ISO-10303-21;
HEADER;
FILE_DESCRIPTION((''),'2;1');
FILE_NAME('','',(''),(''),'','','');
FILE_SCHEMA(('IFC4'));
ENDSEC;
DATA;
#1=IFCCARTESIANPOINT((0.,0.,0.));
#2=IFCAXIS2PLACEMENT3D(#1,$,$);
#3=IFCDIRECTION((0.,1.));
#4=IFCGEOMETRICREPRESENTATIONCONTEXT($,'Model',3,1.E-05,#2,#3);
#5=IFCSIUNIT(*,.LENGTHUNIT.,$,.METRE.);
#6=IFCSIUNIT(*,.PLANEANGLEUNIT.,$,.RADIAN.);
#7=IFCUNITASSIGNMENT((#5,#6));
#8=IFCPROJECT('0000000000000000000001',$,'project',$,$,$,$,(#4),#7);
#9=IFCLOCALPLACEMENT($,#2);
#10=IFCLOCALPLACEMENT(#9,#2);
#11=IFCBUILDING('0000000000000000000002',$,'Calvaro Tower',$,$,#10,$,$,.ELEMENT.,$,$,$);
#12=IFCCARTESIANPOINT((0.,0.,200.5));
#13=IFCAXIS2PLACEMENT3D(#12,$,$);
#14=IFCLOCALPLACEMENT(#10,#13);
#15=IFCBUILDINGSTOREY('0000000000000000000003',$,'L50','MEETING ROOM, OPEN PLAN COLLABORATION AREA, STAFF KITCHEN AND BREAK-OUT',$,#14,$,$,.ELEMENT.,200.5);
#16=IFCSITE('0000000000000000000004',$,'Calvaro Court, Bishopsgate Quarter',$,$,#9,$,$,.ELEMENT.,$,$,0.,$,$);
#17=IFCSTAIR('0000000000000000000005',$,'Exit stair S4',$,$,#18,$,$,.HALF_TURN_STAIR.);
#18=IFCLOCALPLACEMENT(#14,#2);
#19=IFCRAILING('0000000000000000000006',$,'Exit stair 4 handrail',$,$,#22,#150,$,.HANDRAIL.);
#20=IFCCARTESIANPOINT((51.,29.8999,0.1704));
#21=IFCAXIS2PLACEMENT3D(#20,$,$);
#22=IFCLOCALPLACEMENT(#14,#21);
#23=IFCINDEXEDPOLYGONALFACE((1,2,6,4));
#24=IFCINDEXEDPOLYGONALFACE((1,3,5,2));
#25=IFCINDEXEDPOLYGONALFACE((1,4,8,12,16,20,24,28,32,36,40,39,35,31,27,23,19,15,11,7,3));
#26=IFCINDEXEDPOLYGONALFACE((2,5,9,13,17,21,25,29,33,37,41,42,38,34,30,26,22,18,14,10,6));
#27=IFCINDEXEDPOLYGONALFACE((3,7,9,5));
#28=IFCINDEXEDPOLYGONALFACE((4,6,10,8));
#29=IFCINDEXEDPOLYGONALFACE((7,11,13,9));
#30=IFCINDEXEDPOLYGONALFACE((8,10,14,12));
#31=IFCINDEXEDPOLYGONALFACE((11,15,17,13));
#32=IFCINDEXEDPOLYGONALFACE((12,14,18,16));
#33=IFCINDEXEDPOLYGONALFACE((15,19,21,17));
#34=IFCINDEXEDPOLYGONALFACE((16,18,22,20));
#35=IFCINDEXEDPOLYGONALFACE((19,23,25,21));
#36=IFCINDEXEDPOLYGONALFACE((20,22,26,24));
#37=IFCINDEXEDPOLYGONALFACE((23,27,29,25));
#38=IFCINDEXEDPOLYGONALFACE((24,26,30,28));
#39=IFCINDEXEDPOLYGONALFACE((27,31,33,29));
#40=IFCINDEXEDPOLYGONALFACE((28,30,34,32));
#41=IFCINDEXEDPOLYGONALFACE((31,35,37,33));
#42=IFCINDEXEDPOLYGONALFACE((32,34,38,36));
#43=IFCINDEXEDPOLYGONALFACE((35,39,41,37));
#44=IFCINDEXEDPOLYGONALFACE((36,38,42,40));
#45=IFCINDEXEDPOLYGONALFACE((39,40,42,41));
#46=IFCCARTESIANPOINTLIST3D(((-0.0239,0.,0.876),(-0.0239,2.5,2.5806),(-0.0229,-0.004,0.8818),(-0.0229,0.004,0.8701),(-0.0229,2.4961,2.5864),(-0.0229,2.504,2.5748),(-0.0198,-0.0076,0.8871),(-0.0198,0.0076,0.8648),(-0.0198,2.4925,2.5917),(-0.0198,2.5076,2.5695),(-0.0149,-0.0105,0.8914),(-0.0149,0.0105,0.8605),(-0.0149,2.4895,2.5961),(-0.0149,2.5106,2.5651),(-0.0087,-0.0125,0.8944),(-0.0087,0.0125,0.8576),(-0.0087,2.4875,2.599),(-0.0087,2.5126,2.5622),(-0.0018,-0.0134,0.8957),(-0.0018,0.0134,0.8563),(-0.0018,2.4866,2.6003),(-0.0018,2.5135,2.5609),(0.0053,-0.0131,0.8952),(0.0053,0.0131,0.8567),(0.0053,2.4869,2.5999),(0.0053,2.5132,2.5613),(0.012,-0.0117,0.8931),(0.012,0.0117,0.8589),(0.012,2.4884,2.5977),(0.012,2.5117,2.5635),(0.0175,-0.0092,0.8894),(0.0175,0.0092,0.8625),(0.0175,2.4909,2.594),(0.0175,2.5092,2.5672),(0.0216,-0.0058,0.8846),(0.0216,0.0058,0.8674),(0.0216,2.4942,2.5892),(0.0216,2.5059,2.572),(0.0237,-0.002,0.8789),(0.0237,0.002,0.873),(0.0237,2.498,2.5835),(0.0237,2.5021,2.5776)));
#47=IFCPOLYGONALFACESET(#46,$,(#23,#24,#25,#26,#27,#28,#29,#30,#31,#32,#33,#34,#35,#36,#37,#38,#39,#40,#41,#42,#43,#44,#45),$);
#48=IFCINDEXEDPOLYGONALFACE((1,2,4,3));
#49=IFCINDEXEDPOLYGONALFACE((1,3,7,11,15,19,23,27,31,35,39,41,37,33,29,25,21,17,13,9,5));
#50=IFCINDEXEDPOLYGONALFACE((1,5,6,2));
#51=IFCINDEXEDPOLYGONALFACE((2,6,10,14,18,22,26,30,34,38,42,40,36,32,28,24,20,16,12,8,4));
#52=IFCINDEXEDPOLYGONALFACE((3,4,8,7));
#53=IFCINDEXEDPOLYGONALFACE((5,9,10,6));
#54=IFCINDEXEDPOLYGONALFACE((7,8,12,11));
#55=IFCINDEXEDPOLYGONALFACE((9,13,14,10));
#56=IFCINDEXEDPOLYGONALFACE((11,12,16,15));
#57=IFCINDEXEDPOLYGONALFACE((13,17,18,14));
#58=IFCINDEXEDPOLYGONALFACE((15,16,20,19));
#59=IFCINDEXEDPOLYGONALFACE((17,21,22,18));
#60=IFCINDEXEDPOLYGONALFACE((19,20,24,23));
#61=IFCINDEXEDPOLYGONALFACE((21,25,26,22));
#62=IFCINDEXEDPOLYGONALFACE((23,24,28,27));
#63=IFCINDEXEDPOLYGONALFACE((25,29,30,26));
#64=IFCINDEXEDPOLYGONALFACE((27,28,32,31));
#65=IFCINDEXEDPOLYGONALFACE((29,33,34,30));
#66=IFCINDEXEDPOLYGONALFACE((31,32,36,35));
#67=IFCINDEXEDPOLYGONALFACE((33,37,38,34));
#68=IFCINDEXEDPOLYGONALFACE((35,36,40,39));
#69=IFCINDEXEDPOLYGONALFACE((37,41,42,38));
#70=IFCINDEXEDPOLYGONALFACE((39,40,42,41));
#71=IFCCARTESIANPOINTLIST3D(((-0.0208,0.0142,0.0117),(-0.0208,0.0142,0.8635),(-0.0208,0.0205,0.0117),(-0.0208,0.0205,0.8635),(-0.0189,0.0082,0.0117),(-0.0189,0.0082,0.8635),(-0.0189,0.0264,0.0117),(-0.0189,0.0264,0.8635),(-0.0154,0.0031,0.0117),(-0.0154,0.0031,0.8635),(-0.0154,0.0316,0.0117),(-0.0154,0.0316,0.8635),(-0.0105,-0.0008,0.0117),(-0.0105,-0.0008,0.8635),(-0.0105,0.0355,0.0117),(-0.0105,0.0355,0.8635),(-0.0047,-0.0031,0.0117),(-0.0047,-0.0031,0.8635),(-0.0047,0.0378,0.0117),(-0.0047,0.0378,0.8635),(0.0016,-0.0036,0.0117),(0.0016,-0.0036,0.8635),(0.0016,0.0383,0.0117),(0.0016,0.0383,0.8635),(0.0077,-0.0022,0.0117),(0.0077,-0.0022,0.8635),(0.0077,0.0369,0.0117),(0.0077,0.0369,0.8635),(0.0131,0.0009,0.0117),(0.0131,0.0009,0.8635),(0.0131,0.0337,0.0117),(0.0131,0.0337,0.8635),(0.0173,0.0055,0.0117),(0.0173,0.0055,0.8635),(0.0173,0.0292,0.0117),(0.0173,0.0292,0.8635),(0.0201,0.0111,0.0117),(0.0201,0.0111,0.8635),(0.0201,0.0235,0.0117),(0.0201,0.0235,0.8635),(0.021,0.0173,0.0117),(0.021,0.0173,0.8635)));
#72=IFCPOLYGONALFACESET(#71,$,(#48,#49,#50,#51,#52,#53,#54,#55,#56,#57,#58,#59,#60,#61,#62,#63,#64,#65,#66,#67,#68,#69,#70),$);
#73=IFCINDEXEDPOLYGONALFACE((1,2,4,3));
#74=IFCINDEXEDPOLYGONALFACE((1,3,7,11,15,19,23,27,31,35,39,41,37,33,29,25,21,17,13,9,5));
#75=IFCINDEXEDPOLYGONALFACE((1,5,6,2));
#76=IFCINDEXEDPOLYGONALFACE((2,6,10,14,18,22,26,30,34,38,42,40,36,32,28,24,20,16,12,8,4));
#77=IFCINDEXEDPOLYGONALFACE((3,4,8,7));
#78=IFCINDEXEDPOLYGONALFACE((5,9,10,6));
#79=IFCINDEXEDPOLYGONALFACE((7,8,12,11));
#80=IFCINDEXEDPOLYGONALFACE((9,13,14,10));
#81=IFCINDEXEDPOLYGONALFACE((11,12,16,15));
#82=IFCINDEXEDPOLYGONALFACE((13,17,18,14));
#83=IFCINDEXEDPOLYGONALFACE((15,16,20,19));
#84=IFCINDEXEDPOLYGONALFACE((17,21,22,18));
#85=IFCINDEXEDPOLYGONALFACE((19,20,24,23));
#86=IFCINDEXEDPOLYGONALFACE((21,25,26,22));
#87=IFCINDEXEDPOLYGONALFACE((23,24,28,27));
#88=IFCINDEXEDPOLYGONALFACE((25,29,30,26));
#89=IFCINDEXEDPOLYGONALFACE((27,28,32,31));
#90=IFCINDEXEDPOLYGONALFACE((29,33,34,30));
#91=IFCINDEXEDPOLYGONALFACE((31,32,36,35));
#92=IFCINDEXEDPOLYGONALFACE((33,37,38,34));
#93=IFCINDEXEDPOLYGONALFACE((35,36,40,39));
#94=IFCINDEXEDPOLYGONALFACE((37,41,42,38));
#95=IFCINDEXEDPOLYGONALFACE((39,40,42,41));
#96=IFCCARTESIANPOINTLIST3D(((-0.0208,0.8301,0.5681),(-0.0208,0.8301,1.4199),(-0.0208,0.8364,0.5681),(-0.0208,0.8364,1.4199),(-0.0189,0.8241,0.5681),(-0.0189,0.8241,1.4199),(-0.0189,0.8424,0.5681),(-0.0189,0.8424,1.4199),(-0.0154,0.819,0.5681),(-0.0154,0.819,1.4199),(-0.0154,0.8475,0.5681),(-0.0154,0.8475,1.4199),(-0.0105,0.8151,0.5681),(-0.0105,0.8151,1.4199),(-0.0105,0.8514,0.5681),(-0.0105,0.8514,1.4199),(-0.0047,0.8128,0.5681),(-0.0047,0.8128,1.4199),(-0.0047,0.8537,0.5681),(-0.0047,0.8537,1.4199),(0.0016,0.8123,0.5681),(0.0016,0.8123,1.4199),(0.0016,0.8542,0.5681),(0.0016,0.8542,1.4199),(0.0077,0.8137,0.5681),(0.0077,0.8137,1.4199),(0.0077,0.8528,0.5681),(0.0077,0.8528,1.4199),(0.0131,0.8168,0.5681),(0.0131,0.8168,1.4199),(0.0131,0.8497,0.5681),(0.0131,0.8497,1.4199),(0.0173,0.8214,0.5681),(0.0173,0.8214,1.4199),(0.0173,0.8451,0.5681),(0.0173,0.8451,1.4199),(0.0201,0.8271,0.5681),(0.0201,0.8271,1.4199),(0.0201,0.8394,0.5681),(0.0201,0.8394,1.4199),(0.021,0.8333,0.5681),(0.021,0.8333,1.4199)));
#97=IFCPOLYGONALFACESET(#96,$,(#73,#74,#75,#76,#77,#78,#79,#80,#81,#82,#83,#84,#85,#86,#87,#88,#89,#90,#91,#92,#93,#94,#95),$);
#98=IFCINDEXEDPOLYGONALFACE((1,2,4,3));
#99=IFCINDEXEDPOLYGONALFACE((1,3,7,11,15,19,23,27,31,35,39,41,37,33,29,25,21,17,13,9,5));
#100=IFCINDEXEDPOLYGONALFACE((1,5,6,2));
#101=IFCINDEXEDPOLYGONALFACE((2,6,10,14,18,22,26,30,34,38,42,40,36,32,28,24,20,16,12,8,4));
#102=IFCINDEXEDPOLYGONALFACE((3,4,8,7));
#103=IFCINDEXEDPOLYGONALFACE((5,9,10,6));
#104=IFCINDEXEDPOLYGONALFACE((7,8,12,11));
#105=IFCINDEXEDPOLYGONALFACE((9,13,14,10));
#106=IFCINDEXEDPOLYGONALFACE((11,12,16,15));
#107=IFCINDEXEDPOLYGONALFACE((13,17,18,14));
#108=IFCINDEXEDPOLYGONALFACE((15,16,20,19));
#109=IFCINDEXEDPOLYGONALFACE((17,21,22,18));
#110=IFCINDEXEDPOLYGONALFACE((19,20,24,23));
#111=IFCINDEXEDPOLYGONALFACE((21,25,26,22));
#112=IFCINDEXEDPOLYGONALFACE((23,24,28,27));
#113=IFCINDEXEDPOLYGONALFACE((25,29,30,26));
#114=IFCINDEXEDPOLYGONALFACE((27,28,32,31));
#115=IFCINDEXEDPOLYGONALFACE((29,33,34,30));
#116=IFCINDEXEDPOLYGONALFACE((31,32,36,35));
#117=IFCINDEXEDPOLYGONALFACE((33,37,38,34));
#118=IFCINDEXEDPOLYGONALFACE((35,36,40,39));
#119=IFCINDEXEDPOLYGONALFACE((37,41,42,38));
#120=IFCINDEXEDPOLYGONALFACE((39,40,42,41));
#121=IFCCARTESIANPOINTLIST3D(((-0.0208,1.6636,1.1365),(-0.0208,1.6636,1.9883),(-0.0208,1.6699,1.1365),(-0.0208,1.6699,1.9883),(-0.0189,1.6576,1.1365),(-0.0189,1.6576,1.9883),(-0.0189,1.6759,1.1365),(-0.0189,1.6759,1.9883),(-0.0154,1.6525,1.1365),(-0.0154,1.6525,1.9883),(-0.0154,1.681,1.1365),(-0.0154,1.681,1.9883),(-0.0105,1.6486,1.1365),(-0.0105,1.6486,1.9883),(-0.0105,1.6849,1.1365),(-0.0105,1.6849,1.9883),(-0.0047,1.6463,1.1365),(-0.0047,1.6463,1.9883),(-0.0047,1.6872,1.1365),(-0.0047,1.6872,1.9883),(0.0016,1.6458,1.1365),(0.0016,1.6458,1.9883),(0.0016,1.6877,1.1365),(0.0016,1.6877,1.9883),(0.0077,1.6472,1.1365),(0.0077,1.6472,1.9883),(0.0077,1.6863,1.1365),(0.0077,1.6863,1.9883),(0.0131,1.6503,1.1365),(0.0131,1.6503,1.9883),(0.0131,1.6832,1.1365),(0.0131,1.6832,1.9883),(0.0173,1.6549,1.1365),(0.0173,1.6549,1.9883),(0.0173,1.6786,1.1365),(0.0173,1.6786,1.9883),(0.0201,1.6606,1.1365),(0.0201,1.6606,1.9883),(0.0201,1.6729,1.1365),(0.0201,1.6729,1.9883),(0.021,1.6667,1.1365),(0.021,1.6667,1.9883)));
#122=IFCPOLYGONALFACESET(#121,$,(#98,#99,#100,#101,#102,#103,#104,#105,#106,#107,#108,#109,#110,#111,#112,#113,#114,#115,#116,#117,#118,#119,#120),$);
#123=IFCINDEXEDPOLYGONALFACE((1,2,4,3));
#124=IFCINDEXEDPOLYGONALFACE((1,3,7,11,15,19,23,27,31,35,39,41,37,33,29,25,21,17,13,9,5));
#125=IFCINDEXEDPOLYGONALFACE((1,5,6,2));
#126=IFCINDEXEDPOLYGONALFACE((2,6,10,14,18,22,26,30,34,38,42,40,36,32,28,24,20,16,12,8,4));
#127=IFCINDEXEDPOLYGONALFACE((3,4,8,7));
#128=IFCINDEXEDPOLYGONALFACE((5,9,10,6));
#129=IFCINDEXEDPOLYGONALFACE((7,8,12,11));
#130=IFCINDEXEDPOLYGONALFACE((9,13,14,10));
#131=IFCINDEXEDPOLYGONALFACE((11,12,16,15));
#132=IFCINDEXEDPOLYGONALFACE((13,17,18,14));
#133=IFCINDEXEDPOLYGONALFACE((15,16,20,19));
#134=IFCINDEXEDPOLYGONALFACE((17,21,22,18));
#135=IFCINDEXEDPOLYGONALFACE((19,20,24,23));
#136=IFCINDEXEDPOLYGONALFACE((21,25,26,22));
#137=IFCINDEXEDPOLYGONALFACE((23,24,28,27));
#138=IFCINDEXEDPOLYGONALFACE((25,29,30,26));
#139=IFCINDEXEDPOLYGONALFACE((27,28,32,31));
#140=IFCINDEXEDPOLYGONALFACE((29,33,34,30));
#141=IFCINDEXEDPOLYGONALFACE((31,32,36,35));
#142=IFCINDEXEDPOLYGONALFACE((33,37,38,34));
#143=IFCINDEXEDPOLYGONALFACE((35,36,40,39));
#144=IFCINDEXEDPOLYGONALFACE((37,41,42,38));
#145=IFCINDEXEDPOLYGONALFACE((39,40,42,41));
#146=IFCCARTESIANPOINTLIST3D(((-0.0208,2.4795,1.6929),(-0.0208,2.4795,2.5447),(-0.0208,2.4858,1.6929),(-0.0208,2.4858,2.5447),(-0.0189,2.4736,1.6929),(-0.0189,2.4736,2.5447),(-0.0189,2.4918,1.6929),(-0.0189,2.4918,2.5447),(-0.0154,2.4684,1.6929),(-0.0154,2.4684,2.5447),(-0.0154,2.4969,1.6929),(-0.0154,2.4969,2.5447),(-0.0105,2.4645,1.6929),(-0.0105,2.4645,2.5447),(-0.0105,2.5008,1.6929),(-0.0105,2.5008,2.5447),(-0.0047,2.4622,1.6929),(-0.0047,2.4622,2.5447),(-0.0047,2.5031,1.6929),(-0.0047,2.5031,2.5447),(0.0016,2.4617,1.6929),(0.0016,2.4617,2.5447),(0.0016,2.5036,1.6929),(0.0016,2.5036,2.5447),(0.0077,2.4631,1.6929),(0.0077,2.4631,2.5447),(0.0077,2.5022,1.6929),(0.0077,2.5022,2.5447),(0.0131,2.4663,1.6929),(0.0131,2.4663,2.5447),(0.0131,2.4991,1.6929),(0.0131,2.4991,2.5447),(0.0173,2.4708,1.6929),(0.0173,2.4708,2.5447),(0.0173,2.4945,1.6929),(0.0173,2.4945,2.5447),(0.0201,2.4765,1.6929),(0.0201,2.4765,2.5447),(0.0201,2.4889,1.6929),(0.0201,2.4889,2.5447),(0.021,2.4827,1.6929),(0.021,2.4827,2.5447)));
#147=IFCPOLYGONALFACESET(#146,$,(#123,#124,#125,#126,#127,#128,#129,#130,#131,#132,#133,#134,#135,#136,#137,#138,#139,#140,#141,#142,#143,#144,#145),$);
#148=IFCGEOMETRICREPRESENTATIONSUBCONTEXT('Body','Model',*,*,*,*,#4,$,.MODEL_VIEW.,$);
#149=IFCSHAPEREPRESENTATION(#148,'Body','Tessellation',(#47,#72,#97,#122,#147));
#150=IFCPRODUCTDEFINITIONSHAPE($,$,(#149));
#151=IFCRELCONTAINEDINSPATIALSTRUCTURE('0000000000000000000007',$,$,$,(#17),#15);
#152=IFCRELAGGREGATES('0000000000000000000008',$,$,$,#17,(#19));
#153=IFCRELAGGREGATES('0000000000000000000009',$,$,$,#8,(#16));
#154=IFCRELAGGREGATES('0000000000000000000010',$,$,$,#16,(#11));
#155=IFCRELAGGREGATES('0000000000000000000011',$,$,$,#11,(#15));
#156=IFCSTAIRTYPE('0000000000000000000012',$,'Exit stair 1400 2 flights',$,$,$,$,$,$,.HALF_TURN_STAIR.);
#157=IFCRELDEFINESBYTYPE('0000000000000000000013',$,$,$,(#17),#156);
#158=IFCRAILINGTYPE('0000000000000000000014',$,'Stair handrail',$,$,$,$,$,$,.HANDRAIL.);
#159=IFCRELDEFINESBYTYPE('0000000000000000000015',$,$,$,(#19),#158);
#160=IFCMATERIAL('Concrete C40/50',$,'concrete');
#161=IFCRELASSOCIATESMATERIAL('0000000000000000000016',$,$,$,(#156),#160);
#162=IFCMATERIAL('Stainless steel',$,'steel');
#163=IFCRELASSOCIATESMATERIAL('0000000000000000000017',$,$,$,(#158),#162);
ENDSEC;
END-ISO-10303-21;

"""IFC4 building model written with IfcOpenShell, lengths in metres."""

from ifc_helpers import new_model, si_unit, direction, frame, origin, origin_2d, place, context, subcontext, project, spatial, circle, extrude, material, type_object, element, aggregate, save


model = new_model("IFC4")

# Units and contexts
model_context = context("Model", 3, precision=1e-05, world=origin(), true_north=direction((0.0, 1.0)))
body_context = subcontext(model_context, "Body", "Model", "MODEL_VIEW")
ifc_project = project(units=[si_unit("LENGTHUNIT", "METRE"), si_unit("PLANEANGLEUNIT", "RADIAN")], contexts=[model_context])

# Site, building, storey
site_placement = place(None, origin())
site = spatial("IfcSite", under=ifc_project, at=site_placement, Name="Calvaro Court, Bishopsgate Quarter", CompositionType="ELEMENT", RefElevation=0.0)
building_placement = place(site_placement, origin())
building = spatial("IfcBuilding", under=site, at=building_placement, Name="Calvaro Tower", CompositionType="ELEMENT")
storey_placement = place(building_placement, frame((0.0, 0.0, 200.5)))
storey = spatial("IfcBuildingStorey", under=building, at=storey_placement, Name="L50", Description="MEETING ROOM, OPEN PLAN COLLABORATION AREA, STAFF KITCHEN AND BREAK-OUT", CompositionType="ELEMENT", Elevation=200.5)

# Stair
ifc_material_1 = material(Name="Concrete C40/50", Category="concrete")
stair_type = type_object("IfcStairType", Name="Exit stair 1400 2 flights", PredefinedType="HALF_TURN_STAIR", material=ifc_material_1)
stair_1_placement = place(storey_placement, origin())
stair_1 = element("IfcStair", 1, at=stair_1_placement, inside=storey, type_object=stair_type, Name="Exit stair S4", PredefinedType="HALF_TURN_STAIR")

# Railing
ifc_material_2 = material(Name="Stainless steel", Category="steel")
railing_type = type_object("IfcRailingType", Name="Stair handrail", PredefinedType="HANDRAIL", material=ifc_material_2)
railing_1_placement = place(storey_placement, frame((51.0, 29.8999, 0.1704)))
railing_1 = element("IfcRailing", 2, at=railing_1_placement, type_object=railing_type, Name="Exit stair 4 handrail", PredefinedType="HANDRAIL", context=body_context, shape_type="SweptSolid", body=[
    extrude(circle(Radius=0.0239, at=origin_2d()), frame((0.0, 0.0, 0.876), z_axis=(0.0, 0.826221, 0.563347), x_axis=(-1.0, 0.0, 0.0)), (0.0, 0.0, 1.0), 3.0259),
    extrude(circle(Radius=0.021, at=origin_2d()), frame((0.0, 0.0173, 0.0117)), (0.0, 0.0, 1.0), 0.8518),
    extrude(circle(Radius=0.021, at=origin_2d()), frame((0.0, 0.8333, 0.5681)), (0.0, 0.0, 1.0), 0.8518),
    extrude(circle(Radius=0.021, at=origin_2d()), frame((0.0, 1.6667, 1.1365)), (0.0, 0.0, 1.0), 0.8518),
    extrude(circle(Radius=0.021, at=origin_2d()), frame((0.0, 2.4827, 1.6929)), (0.0, 0.0, 1.0), 0.8518),
])
aggregate(stair_1, [railing_1])

save(model, "model.ifc")
